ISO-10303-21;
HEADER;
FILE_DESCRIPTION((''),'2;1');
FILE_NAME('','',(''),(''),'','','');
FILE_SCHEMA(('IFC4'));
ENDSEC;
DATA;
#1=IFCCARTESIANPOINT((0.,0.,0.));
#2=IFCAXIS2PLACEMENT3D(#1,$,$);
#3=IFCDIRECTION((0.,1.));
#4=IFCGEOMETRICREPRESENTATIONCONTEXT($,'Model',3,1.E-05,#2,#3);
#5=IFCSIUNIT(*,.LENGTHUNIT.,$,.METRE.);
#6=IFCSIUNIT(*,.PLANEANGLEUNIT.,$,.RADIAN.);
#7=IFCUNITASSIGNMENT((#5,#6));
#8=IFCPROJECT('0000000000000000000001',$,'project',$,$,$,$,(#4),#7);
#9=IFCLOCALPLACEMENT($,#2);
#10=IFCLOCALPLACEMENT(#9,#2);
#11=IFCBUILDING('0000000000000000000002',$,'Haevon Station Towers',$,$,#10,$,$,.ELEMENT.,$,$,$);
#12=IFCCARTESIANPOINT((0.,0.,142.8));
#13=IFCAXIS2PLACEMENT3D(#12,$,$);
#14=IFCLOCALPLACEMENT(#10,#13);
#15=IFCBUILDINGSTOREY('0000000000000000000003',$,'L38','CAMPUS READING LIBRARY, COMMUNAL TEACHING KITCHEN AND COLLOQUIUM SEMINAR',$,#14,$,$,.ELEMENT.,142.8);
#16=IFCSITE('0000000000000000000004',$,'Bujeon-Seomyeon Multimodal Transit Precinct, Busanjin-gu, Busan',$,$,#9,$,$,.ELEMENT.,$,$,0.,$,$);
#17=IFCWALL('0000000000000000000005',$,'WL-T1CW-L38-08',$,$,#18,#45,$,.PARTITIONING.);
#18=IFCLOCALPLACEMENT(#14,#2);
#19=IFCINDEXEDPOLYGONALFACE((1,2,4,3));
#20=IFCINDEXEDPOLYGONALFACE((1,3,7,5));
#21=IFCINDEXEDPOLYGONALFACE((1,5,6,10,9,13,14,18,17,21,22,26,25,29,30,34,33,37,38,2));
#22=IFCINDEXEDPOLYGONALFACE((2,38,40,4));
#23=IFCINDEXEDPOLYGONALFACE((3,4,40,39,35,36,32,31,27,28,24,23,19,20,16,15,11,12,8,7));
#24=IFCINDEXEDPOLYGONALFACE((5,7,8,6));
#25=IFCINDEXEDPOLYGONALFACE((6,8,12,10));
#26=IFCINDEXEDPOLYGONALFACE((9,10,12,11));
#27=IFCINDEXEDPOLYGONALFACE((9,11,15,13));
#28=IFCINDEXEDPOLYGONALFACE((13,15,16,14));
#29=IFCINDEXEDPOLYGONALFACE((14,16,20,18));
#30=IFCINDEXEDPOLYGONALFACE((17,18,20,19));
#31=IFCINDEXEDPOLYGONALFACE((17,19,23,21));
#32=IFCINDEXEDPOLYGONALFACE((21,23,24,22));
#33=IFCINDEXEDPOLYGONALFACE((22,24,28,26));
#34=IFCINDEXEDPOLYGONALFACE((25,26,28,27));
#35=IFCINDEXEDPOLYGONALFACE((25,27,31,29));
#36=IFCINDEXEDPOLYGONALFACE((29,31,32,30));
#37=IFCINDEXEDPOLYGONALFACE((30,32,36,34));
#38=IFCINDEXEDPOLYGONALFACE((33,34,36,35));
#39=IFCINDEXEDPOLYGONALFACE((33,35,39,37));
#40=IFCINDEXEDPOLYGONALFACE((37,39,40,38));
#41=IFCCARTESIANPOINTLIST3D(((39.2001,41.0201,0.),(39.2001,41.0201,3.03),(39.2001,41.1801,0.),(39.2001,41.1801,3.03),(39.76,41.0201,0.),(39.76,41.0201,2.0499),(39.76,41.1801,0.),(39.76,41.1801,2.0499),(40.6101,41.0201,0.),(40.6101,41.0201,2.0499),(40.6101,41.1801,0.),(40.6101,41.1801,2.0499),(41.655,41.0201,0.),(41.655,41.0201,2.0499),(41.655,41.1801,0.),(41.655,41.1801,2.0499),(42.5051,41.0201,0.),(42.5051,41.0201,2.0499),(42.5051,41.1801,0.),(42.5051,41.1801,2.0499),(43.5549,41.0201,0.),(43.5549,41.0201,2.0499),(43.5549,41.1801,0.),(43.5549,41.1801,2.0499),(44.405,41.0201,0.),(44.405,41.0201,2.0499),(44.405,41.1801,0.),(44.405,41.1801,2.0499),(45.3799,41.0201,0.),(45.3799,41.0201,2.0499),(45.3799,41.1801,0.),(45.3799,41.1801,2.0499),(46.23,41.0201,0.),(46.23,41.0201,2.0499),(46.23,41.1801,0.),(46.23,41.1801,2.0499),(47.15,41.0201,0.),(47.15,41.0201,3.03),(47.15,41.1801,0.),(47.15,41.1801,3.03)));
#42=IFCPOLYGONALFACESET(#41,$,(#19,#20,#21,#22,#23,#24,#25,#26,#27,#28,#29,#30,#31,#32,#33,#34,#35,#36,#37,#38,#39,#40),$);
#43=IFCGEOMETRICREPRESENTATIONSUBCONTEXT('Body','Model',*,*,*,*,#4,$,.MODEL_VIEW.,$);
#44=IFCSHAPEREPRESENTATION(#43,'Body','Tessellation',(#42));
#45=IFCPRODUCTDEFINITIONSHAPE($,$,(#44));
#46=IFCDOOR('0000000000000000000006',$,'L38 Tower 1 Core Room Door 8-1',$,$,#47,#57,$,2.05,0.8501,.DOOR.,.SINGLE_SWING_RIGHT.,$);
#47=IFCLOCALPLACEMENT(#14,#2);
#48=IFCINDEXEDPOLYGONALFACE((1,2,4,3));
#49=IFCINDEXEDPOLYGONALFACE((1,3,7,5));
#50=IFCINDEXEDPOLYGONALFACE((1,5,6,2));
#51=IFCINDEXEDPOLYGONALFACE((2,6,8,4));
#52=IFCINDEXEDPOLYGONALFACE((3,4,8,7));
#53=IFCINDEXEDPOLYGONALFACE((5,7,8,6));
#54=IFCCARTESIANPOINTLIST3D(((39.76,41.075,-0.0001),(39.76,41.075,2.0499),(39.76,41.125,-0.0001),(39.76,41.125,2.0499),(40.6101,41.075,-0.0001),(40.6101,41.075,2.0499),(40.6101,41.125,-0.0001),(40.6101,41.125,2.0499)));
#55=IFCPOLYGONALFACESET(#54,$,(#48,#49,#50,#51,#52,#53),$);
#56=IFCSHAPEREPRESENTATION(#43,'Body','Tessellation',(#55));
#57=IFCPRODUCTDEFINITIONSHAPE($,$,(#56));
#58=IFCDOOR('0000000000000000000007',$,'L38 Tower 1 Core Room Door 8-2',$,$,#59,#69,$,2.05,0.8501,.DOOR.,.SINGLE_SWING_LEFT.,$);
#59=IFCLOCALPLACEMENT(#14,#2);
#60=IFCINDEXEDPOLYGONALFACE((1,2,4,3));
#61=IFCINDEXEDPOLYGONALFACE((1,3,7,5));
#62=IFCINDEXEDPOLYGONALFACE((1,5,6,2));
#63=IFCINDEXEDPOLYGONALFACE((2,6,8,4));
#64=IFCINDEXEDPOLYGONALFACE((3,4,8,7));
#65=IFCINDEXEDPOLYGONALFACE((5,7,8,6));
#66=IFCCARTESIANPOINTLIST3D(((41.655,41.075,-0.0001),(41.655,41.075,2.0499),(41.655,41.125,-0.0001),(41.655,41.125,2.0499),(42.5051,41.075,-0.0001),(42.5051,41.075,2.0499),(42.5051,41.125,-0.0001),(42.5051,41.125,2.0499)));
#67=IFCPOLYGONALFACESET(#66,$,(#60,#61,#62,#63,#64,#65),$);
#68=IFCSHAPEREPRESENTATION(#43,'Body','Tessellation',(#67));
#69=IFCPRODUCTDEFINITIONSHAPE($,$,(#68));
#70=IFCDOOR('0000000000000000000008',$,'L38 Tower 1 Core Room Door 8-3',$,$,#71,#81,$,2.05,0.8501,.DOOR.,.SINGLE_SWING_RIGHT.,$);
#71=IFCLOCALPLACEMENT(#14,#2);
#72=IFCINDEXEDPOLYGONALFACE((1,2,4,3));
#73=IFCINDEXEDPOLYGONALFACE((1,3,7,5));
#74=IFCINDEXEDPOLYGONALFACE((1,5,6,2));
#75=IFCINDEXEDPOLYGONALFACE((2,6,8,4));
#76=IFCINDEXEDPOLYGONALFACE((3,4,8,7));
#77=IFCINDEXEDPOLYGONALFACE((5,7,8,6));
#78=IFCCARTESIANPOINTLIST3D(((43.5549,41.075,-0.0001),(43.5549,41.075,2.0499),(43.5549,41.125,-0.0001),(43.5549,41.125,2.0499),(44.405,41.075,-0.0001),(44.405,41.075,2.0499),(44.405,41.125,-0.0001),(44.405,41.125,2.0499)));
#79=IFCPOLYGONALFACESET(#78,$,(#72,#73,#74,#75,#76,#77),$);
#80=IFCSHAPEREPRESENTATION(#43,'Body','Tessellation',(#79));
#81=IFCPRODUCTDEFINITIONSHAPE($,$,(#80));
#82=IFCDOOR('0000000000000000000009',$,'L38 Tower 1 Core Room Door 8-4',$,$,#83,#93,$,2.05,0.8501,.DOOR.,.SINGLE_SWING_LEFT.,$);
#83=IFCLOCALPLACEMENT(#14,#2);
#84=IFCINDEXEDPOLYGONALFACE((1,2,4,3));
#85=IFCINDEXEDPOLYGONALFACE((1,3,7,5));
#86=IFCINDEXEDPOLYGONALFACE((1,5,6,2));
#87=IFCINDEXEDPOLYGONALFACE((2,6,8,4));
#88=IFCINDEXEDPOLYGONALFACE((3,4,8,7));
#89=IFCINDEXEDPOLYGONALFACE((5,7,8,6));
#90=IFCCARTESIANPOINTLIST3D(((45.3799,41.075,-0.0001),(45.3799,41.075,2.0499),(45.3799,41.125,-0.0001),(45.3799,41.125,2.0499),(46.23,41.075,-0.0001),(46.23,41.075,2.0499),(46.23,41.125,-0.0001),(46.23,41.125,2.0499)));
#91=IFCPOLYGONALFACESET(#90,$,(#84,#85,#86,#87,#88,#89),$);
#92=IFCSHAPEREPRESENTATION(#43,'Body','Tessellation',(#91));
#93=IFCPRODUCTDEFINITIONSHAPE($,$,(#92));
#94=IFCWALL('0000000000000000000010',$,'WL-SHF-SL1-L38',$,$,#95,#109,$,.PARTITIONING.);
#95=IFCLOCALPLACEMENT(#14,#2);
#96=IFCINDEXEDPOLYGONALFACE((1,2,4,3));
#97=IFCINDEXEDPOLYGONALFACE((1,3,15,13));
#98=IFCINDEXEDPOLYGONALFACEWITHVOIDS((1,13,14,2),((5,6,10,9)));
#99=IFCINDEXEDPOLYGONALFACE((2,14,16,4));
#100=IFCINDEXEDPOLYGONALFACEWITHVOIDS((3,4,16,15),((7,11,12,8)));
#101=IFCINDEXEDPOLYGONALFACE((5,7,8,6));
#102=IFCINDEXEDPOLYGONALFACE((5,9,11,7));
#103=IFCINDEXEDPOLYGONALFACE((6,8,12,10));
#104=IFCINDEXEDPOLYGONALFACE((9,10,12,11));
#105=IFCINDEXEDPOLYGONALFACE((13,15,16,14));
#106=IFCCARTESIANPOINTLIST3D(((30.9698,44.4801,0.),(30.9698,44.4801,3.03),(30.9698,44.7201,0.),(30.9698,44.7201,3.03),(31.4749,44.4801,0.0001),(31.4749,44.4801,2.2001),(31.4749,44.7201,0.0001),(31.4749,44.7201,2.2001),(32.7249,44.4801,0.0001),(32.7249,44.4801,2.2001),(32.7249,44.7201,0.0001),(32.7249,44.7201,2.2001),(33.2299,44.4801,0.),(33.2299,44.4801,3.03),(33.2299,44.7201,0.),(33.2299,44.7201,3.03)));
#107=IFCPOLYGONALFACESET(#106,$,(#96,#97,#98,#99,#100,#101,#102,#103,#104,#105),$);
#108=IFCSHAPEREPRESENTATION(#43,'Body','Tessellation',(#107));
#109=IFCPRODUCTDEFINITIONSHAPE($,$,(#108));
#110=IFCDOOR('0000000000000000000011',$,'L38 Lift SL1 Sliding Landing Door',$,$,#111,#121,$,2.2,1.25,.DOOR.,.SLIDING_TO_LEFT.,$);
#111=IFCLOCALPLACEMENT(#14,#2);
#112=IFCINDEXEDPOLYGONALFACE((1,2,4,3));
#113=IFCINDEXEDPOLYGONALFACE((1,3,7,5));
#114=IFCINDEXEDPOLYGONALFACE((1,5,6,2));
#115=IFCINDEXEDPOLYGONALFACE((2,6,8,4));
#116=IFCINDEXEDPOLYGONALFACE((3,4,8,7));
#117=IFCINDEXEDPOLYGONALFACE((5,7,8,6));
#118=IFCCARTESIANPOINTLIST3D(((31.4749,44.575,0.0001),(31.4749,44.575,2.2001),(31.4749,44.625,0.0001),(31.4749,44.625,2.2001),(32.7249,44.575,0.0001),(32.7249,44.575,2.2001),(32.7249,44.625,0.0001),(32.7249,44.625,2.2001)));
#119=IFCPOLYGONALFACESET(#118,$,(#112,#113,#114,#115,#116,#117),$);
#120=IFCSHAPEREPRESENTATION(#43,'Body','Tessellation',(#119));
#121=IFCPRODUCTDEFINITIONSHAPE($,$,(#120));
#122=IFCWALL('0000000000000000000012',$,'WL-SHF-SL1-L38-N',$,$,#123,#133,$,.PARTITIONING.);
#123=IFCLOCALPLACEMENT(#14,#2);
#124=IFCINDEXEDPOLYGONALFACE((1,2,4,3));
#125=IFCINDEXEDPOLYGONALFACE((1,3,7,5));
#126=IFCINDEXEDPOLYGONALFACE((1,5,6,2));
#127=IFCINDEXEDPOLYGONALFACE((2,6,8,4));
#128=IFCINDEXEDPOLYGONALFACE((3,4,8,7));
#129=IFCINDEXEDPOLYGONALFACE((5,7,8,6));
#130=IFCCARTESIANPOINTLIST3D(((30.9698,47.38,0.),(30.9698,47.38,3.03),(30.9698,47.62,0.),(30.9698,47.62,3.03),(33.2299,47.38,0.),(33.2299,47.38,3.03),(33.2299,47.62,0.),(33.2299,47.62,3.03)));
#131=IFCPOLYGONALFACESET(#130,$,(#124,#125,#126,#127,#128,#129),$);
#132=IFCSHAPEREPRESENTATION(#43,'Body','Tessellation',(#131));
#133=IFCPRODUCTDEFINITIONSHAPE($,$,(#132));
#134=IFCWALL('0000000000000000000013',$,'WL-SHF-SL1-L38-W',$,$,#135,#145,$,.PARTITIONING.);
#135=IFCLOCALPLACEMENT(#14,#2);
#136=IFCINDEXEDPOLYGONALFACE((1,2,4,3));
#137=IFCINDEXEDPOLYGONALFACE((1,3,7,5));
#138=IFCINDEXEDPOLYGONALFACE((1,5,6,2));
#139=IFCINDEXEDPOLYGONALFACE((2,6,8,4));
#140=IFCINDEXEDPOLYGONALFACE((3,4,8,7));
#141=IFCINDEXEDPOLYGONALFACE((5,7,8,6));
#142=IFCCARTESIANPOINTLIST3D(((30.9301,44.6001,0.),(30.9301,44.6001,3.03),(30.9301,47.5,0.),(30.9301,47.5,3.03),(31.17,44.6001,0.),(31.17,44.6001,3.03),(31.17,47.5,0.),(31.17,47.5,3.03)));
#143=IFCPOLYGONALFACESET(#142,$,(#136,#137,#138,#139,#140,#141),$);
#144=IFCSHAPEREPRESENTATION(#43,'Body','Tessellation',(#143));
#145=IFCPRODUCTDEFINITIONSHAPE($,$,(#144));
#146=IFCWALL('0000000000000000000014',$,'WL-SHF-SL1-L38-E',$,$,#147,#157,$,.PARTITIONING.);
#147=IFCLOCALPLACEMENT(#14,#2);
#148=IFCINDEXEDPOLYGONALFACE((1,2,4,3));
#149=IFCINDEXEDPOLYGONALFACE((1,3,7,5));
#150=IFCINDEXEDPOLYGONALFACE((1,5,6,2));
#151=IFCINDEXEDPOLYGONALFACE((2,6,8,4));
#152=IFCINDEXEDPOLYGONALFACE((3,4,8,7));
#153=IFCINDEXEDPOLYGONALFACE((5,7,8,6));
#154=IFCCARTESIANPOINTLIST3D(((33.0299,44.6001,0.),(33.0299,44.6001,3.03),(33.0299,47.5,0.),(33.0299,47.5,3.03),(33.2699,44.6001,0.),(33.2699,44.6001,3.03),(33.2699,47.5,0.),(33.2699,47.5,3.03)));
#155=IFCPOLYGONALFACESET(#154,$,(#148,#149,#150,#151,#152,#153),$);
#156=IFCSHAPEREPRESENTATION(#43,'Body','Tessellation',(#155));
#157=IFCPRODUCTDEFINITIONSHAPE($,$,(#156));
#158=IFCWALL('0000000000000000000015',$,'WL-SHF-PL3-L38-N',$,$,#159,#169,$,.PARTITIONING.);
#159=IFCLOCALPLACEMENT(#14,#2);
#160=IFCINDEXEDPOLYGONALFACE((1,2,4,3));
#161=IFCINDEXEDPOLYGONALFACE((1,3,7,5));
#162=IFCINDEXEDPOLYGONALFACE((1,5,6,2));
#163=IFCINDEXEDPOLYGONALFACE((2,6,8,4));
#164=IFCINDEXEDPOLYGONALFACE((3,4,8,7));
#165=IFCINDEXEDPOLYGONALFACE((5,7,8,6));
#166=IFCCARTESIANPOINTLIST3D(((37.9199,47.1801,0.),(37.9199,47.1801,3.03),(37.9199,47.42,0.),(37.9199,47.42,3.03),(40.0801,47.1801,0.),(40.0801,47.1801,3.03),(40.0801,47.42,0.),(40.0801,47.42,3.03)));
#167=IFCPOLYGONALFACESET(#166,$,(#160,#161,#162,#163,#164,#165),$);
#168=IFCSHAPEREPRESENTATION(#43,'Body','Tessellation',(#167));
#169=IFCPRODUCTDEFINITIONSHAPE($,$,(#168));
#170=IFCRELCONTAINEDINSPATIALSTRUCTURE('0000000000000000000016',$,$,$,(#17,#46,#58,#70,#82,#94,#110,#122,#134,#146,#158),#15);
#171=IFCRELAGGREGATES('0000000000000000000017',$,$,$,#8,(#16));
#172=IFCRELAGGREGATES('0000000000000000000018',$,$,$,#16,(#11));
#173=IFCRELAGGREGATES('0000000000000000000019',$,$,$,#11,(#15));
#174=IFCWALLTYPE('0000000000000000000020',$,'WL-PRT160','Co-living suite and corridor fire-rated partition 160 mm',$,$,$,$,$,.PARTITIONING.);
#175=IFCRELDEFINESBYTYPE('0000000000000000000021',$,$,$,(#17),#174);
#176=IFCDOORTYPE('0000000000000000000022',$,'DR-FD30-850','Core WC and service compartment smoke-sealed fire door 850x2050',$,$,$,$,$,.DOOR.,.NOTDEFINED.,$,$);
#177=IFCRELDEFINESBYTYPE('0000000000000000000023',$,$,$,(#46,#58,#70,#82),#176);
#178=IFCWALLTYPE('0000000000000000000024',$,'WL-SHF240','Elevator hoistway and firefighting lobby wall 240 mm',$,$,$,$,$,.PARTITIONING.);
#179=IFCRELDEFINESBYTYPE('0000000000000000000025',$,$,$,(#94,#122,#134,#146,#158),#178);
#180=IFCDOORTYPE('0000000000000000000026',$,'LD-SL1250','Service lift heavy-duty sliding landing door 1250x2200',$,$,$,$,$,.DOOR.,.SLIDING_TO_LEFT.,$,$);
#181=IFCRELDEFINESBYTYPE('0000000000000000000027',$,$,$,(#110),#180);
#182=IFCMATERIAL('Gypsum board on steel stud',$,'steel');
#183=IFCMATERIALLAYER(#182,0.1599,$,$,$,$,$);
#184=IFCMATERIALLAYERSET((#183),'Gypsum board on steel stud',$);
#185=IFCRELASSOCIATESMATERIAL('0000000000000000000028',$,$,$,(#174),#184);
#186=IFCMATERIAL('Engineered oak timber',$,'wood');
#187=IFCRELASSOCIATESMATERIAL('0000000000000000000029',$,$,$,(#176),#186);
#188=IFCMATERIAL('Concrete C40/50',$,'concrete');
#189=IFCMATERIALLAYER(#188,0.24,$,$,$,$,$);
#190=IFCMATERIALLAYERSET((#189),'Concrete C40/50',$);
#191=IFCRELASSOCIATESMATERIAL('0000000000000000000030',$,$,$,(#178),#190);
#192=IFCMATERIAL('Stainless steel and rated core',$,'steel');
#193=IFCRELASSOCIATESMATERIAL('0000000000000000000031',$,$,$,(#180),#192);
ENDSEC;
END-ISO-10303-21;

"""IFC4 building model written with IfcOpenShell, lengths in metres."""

from ifc_helpers import new_model, si_unit, direction, frame, frame_2d, origin, place, context, subcontext, project, spatial, rectangle, extrude, material, layer, layer_set, type_object, element, fill, save


model = new_model("IFC4")

# Units and contexts
model_context = context("Model", 3, precision=1e-05, world=origin(), true_north=direction((0.0, 1.0)))
body_context = subcontext(model_context, "Body", "Model", "MODEL_VIEW")
ifc_project = project(units=[si_unit("LENGTHUNIT", "METRE"), si_unit("PLANEANGLEUNIT", "RADIAN")], contexts=[model_context])

# Site, building, storey
site_placement = place(None, origin())
site = spatial("IfcSite", under=ifc_project, at=site_placement, Name="Bujeon-Seomyeon Multimodal Transit Precinct, Busanjin-gu, Busan", CompositionType="ELEMENT", RefElevation=0.0)
building_placement = place(site_placement, origin())
building = spatial("IfcBuilding", under=site, at=building_placement, Name="Haevon Station Towers", CompositionType="ELEMENT")
storey_placement = place(building_placement, frame((0.0, 0.0, 142.8)))
storey = spatial("IfcBuildingStorey", under=building, at=storey_placement, Name="L38", Description="CAMPUS READING LIBRARY, COMMUNAL TEACHING KITCHEN AND COLLOQUIUM SEMINAR", CompositionType="ELEMENT", Elevation=142.8)

# Shared definitions
ifc_material_1 = material(Name="Gypsum board on steel stud", Category="steel")
ifc_layer_1 = layer(ifc_material_1, 0.1599)
ifc_layer_set_1 = layer_set([ifc_layer_1], Name="Gypsum board on steel stud")
wall_type_1 = type_object("IfcWallType", Name="WL-PRT160", Description="Co-living suite and corridor fire-rated partition 160 mm", PredefinedType="PARTITIONING", material=ifc_layer_set_1)
ifc_material_2 = material(Name="Engineered oak timber", Category="wood")

# Wall, openings, doors
wall_1_placement = place(storey_placement, frame((39.2, 41.1001, 0.0), z_axis=(0.0, 0.0, 1.0), x_axis=(1.0, 0.0, 0.0)))
wall_1 = element("IfcWall", 1, at=wall_1_placement, inside=storey, type_object=wall_type_1, Name="WL-T1CW-L38-08", PredefinedType="PARTITIONING", context=body_context, shape_type="SweptSolid", body=[
    extrude(rectangle(XDim=7.95, YDim=0.1599, at=frame_2d((3.9751, 0.0))), origin(), (0.0, 0.0, 1.0), 3.03),
])
opening_1_placement = place(wall_1_placement, frame((0.5601, 0.0, 0.0)))
opening_1 = element("IfcOpeningElement", 2, at=opening_1_placement, cuts=wall_1, PredefinedType="OPENING", context=body_context, shape_type="SweptSolid", body=[
    extrude(rectangle(XDim=0.8501, YDim=2.05, at=frame_2d((0.425, 1.0249))), frame((0.0, 0.0898, 0.0), z_axis=(0.0, -1.0, 0.0), x_axis=(1.0, 0.0, 0.0)), (0.0, 0.0, 1.0), 0.1799),
])
opening_2_placement = place(wall_1_placement, frame((2.4551, 0.0, 0.0)))
opening_2 = element("IfcOpeningElement", 3, at=opening_2_placement, cuts=wall_1, PredefinedType="OPENING", context=body_context, shape_type="SweptSolid", body=[
    extrude(rectangle(XDim=0.8501, YDim=2.05, at=frame_2d((0.425, 1.0249))), frame((0.0, 0.0898, 0.0), z_axis=(0.0, -1.0, 0.0), x_axis=(1.0, 0.0, 0.0)), (0.0, 0.0, 1.0), 0.1799),
])
opening_3_placement = place(wall_1_placement, frame((4.355, 0.0, 0.0)))
opening_3 = element("IfcOpeningElement", 4, at=opening_3_placement, cuts=wall_1, PredefinedType="OPENING", context=body_context, shape_type="SweptSolid", body=[
    extrude(rectangle(XDim=0.8501, YDim=2.05, at=frame_2d((0.425, 1.0249))), frame((0.0, 0.0898, 0.0), z_axis=(0.0, -1.0, 0.0), x_axis=(1.0, 0.0, 0.0)), (0.0, 0.0, 1.0), 0.1799),
])
opening_4_placement = place(wall_1_placement, frame((6.1799, 0.0, 0.0)))
opening_4 = element("IfcOpeningElement", 5, at=opening_4_placement, cuts=wall_1, PredefinedType="OPENING", context=body_context, shape_type="SweptSolid", body=[
    extrude(rectangle(XDim=0.8501, YDim=2.05, at=frame_2d((0.425, 1.0249))), frame((0.0, 0.0898, 0.0), z_axis=(0.0, -1.0, 0.0), x_axis=(1.0, 0.0, 0.0)), (0.0, 0.0, 1.0), 0.1799),
])
door_type_1 = type_object("IfcDoorType", Name="DR-FD30-850", Description="Core WC and service compartment smoke-sealed fire door 850x2050", OperationType="NOTDEFINED", PredefinedType="DOOR", material=ifc_material_2)
door_1_placement = place(opening_1_placement, origin())
door_1 = element("IfcDoor", 6, at=door_1_placement, inside=storey, type_object=door_type_1, Name="L38 Tower 1 Core Room Door 8-1", OperationType="SINGLE_SWING_RIGHT", OverallHeight=2.05, OverallWidth=0.8501, PredefinedType="DOOR", context=body_context, shape_type="SweptSolid", body=[
    extrude(rectangle(XDim=0.8501, YDim=2.05, at=frame_2d((0.425, 1.0249))), frame((0.0, 0.0249, 0.0), z_axis=(0.0, -1.0, 0.0), x_axis=(1.0, 0.0, 0.0)), (0.0, 0.0, 1.0), 0.05),
])
fill(opening_1, door_1)
door_2_placement = place(opening_2_placement, origin())
door_2 = element("IfcDoor", 7, at=door_2_placement, inside=storey, type_object=door_type_1, Name="L38 Tower 1 Core Room Door 8-2", OperationType="SINGLE_SWING_LEFT", OverallHeight=2.05, OverallWidth=0.8501, PredefinedType="DOOR", context=body_context, shape_type="SweptSolid", body=[
    extrude(rectangle(XDim=0.8501, YDim=2.05, at=frame_2d((0.425, 1.0249))), frame((0.0, 0.0249, 0.0), z_axis=(0.0, -1.0, 0.0), x_axis=(1.0, 0.0, 0.0)), (0.0, 0.0, 1.0), 0.05),
])
fill(opening_2, door_2)
door_3_placement = place(opening_3_placement, origin())
door_3 = element("IfcDoor", 8, at=door_3_placement, inside=storey, type_object=door_type_1, Name="L38 Tower 1 Core Room Door 8-3", OperationType="SINGLE_SWING_RIGHT", OverallHeight=2.05, OverallWidth=0.8501, PredefinedType="DOOR", context=body_context, shape_type="SweptSolid", body=[
    extrude(rectangle(XDim=0.8501, YDim=2.05, at=frame_2d((0.425, 1.0249))), frame((0.0, 0.0249, 0.0), z_axis=(0.0, -1.0, 0.0), x_axis=(1.0, 0.0, 0.0)), (0.0, 0.0, 1.0), 0.05),
])
fill(opening_3, door_3)
door_4_placement = place(opening_4_placement, origin())
door_4 = element("IfcDoor", 9, at=door_4_placement, inside=storey, type_object=door_type_1, Name="L38 Tower 1 Core Room Door 8-4", OperationType="SINGLE_SWING_LEFT", OverallHeight=2.05, OverallWidth=0.8501, PredefinedType="DOOR", context=body_context, shape_type="SweptSolid", body=[
    extrude(rectangle(XDim=0.8501, YDim=2.05, at=frame_2d((0.425, 1.0249))), frame((0.0, 0.0249, 0.0), z_axis=(0.0, -1.0, 0.0), x_axis=(1.0, 0.0, 0.0)), (0.0, 0.0, 1.0), 0.05),
])
fill(opening_4, door_4)

# Wall, opening, door
ifc_material_3 = material(Name="Concrete C40/50", Category="concrete")
ifc_layer_2 = layer(ifc_material_3, 0.24)
ifc_layer_set_2 = layer_set([ifc_layer_2], Name="Concrete C40/50")
wall_type_2 = type_object("IfcWallType", Name="WL-SHF240", Description="Elevator hoistway and firefighting lobby wall 240 mm", PredefinedType="PARTITIONING", material=ifc_layer_set_2)
wall_2_placement = place(storey_placement, frame((30.97, 44.6001, 0.0), z_axis=(0.0, 0.0, 1.0), x_axis=(1.0, 0.0, 0.0)))
wall_2 = element("IfcWall", 10, at=wall_2_placement, inside=storey, type_object=wall_type_2, Name="WL-SHF-SL1-L38", PredefinedType="PARTITIONING", context=body_context, shape_type="SweptSolid", body=[
    extrude(rectangle(XDim=2.26, YDim=0.24, at=frame_2d((1.1299, 0.0))), origin(), (0.0, 0.0, 1.0), 3.03),
])
opening_5_placement = place(wall_2_placement, frame((0.5049, 0.0, 0.0)))
opening_5 = element("IfcOpeningElement", 11, at=opening_5_placement, cuts=wall_2, PredefinedType="OPENING", context=body_context, shape_type="SweptSolid", body=[
    extrude(rectangle(XDim=1.25, YDim=2.2, at=frame_2d((0.625, 1.1001))), frame((0.0, 0.1299, 0.0), z_axis=(0.0, -1.0, 0.0), x_axis=(1.0, 0.0, 0.0)), (0.0, 0.0, 1.0), 0.26),
])
ifc_material_4 = material(Name="Stainless steel and rated core", Category="steel")
door_type_2 = type_object("IfcDoorType", Name="LD-SL1250", Description="Service lift heavy-duty sliding landing door 1250x2200", OperationType="SLIDING_TO_LEFT", PredefinedType="DOOR", material=ifc_material_4)
door_5_placement = place(opening_5_placement, origin())
door_5 = element("IfcDoor", 12, at=door_5_placement, inside=storey, type_object=door_type_2, Name="L38 Lift SL1 Sliding Landing Door", OperationType="SLIDING_TO_LEFT", OverallHeight=2.2, OverallWidth=1.25, PredefinedType="DOOR", context=body_context, shape_type="SweptSolid", body=[
    extrude(rectangle(XDim=1.25, YDim=2.2, at=frame_2d((0.625, 1.1001))), frame((0.0, 0.0249, 0.0), z_axis=(0.0, -1.0, 0.0), x_axis=(1.0, 0.0, 0.0)), (0.0, 0.0, 1.0), 0.05),
])
fill(opening_5, door_5)

# Walls
wall_3_placement = place(storey_placement, frame((30.97, 47.5, 0.0), z_axis=(0.0, 0.0, 1.0), x_axis=(1.0, 0.0, 0.0)))
element("IfcWall", 13, at=wall_3_placement, inside=storey, type_object=wall_type_2, Name="WL-SHF-SL1-L38-N", PredefinedType="PARTITIONING", context=body_context, shape_type="SweptSolid", body=[
    extrude(rectangle(XDim=2.26, YDim=0.24, at=frame_2d((1.1299, 0.0))), origin(), (0.0, 0.0, 1.0), 3.03),
])
for number, where, z_axis, x_axis, name in (
    (14, (31.05, 44.6001, 0.0), (0.0, 0.0, 1.0), (0.0, 1.0, 0.0), "WL-SHF-SL1-L38-W"),
    (15, (33.1499, 44.6001, 0.0), (0.0, 0.0, 1.0), (0.0, 1.0, 0.0), "WL-SHF-SL1-L38-E"),
):
    element("IfcWall", number, at=place(storey_placement, frame(where, z_axis=z_axis, x_axis=x_axis)), inside=storey, type_object=wall_type_2, Name=name, PredefinedType="PARTITIONING", context=body_context, shape_type="SweptSolid", body=[
        extrude(rectangle(XDim=2.8999, YDim=0.24, at=frame_2d((1.45, 0.0))), origin(), (0.0, 0.0, 1.0), 3.03),
    ])

# Wall
wall_4_placement = place(storey_placement, frame((37.9199, 47.3, 0.0), z_axis=(0.0, 0.0, 1.0), x_axis=(1.0, 0.0, 0.0)))
element("IfcWall", 16, at=wall_4_placement, inside=storey, type_object=wall_type_2, Name="WL-SHF-PL3-L38-N", PredefinedType="PARTITIONING", context=body_context, shape_type="SweptSolid", body=[
    extrude(rectangle(XDim=2.1602, YDim=0.24, at=frame_2d((1.0801, 0.0))), origin(), (0.0, 0.0, 1.0), 3.03),
])

save(model, "model.ifc")
